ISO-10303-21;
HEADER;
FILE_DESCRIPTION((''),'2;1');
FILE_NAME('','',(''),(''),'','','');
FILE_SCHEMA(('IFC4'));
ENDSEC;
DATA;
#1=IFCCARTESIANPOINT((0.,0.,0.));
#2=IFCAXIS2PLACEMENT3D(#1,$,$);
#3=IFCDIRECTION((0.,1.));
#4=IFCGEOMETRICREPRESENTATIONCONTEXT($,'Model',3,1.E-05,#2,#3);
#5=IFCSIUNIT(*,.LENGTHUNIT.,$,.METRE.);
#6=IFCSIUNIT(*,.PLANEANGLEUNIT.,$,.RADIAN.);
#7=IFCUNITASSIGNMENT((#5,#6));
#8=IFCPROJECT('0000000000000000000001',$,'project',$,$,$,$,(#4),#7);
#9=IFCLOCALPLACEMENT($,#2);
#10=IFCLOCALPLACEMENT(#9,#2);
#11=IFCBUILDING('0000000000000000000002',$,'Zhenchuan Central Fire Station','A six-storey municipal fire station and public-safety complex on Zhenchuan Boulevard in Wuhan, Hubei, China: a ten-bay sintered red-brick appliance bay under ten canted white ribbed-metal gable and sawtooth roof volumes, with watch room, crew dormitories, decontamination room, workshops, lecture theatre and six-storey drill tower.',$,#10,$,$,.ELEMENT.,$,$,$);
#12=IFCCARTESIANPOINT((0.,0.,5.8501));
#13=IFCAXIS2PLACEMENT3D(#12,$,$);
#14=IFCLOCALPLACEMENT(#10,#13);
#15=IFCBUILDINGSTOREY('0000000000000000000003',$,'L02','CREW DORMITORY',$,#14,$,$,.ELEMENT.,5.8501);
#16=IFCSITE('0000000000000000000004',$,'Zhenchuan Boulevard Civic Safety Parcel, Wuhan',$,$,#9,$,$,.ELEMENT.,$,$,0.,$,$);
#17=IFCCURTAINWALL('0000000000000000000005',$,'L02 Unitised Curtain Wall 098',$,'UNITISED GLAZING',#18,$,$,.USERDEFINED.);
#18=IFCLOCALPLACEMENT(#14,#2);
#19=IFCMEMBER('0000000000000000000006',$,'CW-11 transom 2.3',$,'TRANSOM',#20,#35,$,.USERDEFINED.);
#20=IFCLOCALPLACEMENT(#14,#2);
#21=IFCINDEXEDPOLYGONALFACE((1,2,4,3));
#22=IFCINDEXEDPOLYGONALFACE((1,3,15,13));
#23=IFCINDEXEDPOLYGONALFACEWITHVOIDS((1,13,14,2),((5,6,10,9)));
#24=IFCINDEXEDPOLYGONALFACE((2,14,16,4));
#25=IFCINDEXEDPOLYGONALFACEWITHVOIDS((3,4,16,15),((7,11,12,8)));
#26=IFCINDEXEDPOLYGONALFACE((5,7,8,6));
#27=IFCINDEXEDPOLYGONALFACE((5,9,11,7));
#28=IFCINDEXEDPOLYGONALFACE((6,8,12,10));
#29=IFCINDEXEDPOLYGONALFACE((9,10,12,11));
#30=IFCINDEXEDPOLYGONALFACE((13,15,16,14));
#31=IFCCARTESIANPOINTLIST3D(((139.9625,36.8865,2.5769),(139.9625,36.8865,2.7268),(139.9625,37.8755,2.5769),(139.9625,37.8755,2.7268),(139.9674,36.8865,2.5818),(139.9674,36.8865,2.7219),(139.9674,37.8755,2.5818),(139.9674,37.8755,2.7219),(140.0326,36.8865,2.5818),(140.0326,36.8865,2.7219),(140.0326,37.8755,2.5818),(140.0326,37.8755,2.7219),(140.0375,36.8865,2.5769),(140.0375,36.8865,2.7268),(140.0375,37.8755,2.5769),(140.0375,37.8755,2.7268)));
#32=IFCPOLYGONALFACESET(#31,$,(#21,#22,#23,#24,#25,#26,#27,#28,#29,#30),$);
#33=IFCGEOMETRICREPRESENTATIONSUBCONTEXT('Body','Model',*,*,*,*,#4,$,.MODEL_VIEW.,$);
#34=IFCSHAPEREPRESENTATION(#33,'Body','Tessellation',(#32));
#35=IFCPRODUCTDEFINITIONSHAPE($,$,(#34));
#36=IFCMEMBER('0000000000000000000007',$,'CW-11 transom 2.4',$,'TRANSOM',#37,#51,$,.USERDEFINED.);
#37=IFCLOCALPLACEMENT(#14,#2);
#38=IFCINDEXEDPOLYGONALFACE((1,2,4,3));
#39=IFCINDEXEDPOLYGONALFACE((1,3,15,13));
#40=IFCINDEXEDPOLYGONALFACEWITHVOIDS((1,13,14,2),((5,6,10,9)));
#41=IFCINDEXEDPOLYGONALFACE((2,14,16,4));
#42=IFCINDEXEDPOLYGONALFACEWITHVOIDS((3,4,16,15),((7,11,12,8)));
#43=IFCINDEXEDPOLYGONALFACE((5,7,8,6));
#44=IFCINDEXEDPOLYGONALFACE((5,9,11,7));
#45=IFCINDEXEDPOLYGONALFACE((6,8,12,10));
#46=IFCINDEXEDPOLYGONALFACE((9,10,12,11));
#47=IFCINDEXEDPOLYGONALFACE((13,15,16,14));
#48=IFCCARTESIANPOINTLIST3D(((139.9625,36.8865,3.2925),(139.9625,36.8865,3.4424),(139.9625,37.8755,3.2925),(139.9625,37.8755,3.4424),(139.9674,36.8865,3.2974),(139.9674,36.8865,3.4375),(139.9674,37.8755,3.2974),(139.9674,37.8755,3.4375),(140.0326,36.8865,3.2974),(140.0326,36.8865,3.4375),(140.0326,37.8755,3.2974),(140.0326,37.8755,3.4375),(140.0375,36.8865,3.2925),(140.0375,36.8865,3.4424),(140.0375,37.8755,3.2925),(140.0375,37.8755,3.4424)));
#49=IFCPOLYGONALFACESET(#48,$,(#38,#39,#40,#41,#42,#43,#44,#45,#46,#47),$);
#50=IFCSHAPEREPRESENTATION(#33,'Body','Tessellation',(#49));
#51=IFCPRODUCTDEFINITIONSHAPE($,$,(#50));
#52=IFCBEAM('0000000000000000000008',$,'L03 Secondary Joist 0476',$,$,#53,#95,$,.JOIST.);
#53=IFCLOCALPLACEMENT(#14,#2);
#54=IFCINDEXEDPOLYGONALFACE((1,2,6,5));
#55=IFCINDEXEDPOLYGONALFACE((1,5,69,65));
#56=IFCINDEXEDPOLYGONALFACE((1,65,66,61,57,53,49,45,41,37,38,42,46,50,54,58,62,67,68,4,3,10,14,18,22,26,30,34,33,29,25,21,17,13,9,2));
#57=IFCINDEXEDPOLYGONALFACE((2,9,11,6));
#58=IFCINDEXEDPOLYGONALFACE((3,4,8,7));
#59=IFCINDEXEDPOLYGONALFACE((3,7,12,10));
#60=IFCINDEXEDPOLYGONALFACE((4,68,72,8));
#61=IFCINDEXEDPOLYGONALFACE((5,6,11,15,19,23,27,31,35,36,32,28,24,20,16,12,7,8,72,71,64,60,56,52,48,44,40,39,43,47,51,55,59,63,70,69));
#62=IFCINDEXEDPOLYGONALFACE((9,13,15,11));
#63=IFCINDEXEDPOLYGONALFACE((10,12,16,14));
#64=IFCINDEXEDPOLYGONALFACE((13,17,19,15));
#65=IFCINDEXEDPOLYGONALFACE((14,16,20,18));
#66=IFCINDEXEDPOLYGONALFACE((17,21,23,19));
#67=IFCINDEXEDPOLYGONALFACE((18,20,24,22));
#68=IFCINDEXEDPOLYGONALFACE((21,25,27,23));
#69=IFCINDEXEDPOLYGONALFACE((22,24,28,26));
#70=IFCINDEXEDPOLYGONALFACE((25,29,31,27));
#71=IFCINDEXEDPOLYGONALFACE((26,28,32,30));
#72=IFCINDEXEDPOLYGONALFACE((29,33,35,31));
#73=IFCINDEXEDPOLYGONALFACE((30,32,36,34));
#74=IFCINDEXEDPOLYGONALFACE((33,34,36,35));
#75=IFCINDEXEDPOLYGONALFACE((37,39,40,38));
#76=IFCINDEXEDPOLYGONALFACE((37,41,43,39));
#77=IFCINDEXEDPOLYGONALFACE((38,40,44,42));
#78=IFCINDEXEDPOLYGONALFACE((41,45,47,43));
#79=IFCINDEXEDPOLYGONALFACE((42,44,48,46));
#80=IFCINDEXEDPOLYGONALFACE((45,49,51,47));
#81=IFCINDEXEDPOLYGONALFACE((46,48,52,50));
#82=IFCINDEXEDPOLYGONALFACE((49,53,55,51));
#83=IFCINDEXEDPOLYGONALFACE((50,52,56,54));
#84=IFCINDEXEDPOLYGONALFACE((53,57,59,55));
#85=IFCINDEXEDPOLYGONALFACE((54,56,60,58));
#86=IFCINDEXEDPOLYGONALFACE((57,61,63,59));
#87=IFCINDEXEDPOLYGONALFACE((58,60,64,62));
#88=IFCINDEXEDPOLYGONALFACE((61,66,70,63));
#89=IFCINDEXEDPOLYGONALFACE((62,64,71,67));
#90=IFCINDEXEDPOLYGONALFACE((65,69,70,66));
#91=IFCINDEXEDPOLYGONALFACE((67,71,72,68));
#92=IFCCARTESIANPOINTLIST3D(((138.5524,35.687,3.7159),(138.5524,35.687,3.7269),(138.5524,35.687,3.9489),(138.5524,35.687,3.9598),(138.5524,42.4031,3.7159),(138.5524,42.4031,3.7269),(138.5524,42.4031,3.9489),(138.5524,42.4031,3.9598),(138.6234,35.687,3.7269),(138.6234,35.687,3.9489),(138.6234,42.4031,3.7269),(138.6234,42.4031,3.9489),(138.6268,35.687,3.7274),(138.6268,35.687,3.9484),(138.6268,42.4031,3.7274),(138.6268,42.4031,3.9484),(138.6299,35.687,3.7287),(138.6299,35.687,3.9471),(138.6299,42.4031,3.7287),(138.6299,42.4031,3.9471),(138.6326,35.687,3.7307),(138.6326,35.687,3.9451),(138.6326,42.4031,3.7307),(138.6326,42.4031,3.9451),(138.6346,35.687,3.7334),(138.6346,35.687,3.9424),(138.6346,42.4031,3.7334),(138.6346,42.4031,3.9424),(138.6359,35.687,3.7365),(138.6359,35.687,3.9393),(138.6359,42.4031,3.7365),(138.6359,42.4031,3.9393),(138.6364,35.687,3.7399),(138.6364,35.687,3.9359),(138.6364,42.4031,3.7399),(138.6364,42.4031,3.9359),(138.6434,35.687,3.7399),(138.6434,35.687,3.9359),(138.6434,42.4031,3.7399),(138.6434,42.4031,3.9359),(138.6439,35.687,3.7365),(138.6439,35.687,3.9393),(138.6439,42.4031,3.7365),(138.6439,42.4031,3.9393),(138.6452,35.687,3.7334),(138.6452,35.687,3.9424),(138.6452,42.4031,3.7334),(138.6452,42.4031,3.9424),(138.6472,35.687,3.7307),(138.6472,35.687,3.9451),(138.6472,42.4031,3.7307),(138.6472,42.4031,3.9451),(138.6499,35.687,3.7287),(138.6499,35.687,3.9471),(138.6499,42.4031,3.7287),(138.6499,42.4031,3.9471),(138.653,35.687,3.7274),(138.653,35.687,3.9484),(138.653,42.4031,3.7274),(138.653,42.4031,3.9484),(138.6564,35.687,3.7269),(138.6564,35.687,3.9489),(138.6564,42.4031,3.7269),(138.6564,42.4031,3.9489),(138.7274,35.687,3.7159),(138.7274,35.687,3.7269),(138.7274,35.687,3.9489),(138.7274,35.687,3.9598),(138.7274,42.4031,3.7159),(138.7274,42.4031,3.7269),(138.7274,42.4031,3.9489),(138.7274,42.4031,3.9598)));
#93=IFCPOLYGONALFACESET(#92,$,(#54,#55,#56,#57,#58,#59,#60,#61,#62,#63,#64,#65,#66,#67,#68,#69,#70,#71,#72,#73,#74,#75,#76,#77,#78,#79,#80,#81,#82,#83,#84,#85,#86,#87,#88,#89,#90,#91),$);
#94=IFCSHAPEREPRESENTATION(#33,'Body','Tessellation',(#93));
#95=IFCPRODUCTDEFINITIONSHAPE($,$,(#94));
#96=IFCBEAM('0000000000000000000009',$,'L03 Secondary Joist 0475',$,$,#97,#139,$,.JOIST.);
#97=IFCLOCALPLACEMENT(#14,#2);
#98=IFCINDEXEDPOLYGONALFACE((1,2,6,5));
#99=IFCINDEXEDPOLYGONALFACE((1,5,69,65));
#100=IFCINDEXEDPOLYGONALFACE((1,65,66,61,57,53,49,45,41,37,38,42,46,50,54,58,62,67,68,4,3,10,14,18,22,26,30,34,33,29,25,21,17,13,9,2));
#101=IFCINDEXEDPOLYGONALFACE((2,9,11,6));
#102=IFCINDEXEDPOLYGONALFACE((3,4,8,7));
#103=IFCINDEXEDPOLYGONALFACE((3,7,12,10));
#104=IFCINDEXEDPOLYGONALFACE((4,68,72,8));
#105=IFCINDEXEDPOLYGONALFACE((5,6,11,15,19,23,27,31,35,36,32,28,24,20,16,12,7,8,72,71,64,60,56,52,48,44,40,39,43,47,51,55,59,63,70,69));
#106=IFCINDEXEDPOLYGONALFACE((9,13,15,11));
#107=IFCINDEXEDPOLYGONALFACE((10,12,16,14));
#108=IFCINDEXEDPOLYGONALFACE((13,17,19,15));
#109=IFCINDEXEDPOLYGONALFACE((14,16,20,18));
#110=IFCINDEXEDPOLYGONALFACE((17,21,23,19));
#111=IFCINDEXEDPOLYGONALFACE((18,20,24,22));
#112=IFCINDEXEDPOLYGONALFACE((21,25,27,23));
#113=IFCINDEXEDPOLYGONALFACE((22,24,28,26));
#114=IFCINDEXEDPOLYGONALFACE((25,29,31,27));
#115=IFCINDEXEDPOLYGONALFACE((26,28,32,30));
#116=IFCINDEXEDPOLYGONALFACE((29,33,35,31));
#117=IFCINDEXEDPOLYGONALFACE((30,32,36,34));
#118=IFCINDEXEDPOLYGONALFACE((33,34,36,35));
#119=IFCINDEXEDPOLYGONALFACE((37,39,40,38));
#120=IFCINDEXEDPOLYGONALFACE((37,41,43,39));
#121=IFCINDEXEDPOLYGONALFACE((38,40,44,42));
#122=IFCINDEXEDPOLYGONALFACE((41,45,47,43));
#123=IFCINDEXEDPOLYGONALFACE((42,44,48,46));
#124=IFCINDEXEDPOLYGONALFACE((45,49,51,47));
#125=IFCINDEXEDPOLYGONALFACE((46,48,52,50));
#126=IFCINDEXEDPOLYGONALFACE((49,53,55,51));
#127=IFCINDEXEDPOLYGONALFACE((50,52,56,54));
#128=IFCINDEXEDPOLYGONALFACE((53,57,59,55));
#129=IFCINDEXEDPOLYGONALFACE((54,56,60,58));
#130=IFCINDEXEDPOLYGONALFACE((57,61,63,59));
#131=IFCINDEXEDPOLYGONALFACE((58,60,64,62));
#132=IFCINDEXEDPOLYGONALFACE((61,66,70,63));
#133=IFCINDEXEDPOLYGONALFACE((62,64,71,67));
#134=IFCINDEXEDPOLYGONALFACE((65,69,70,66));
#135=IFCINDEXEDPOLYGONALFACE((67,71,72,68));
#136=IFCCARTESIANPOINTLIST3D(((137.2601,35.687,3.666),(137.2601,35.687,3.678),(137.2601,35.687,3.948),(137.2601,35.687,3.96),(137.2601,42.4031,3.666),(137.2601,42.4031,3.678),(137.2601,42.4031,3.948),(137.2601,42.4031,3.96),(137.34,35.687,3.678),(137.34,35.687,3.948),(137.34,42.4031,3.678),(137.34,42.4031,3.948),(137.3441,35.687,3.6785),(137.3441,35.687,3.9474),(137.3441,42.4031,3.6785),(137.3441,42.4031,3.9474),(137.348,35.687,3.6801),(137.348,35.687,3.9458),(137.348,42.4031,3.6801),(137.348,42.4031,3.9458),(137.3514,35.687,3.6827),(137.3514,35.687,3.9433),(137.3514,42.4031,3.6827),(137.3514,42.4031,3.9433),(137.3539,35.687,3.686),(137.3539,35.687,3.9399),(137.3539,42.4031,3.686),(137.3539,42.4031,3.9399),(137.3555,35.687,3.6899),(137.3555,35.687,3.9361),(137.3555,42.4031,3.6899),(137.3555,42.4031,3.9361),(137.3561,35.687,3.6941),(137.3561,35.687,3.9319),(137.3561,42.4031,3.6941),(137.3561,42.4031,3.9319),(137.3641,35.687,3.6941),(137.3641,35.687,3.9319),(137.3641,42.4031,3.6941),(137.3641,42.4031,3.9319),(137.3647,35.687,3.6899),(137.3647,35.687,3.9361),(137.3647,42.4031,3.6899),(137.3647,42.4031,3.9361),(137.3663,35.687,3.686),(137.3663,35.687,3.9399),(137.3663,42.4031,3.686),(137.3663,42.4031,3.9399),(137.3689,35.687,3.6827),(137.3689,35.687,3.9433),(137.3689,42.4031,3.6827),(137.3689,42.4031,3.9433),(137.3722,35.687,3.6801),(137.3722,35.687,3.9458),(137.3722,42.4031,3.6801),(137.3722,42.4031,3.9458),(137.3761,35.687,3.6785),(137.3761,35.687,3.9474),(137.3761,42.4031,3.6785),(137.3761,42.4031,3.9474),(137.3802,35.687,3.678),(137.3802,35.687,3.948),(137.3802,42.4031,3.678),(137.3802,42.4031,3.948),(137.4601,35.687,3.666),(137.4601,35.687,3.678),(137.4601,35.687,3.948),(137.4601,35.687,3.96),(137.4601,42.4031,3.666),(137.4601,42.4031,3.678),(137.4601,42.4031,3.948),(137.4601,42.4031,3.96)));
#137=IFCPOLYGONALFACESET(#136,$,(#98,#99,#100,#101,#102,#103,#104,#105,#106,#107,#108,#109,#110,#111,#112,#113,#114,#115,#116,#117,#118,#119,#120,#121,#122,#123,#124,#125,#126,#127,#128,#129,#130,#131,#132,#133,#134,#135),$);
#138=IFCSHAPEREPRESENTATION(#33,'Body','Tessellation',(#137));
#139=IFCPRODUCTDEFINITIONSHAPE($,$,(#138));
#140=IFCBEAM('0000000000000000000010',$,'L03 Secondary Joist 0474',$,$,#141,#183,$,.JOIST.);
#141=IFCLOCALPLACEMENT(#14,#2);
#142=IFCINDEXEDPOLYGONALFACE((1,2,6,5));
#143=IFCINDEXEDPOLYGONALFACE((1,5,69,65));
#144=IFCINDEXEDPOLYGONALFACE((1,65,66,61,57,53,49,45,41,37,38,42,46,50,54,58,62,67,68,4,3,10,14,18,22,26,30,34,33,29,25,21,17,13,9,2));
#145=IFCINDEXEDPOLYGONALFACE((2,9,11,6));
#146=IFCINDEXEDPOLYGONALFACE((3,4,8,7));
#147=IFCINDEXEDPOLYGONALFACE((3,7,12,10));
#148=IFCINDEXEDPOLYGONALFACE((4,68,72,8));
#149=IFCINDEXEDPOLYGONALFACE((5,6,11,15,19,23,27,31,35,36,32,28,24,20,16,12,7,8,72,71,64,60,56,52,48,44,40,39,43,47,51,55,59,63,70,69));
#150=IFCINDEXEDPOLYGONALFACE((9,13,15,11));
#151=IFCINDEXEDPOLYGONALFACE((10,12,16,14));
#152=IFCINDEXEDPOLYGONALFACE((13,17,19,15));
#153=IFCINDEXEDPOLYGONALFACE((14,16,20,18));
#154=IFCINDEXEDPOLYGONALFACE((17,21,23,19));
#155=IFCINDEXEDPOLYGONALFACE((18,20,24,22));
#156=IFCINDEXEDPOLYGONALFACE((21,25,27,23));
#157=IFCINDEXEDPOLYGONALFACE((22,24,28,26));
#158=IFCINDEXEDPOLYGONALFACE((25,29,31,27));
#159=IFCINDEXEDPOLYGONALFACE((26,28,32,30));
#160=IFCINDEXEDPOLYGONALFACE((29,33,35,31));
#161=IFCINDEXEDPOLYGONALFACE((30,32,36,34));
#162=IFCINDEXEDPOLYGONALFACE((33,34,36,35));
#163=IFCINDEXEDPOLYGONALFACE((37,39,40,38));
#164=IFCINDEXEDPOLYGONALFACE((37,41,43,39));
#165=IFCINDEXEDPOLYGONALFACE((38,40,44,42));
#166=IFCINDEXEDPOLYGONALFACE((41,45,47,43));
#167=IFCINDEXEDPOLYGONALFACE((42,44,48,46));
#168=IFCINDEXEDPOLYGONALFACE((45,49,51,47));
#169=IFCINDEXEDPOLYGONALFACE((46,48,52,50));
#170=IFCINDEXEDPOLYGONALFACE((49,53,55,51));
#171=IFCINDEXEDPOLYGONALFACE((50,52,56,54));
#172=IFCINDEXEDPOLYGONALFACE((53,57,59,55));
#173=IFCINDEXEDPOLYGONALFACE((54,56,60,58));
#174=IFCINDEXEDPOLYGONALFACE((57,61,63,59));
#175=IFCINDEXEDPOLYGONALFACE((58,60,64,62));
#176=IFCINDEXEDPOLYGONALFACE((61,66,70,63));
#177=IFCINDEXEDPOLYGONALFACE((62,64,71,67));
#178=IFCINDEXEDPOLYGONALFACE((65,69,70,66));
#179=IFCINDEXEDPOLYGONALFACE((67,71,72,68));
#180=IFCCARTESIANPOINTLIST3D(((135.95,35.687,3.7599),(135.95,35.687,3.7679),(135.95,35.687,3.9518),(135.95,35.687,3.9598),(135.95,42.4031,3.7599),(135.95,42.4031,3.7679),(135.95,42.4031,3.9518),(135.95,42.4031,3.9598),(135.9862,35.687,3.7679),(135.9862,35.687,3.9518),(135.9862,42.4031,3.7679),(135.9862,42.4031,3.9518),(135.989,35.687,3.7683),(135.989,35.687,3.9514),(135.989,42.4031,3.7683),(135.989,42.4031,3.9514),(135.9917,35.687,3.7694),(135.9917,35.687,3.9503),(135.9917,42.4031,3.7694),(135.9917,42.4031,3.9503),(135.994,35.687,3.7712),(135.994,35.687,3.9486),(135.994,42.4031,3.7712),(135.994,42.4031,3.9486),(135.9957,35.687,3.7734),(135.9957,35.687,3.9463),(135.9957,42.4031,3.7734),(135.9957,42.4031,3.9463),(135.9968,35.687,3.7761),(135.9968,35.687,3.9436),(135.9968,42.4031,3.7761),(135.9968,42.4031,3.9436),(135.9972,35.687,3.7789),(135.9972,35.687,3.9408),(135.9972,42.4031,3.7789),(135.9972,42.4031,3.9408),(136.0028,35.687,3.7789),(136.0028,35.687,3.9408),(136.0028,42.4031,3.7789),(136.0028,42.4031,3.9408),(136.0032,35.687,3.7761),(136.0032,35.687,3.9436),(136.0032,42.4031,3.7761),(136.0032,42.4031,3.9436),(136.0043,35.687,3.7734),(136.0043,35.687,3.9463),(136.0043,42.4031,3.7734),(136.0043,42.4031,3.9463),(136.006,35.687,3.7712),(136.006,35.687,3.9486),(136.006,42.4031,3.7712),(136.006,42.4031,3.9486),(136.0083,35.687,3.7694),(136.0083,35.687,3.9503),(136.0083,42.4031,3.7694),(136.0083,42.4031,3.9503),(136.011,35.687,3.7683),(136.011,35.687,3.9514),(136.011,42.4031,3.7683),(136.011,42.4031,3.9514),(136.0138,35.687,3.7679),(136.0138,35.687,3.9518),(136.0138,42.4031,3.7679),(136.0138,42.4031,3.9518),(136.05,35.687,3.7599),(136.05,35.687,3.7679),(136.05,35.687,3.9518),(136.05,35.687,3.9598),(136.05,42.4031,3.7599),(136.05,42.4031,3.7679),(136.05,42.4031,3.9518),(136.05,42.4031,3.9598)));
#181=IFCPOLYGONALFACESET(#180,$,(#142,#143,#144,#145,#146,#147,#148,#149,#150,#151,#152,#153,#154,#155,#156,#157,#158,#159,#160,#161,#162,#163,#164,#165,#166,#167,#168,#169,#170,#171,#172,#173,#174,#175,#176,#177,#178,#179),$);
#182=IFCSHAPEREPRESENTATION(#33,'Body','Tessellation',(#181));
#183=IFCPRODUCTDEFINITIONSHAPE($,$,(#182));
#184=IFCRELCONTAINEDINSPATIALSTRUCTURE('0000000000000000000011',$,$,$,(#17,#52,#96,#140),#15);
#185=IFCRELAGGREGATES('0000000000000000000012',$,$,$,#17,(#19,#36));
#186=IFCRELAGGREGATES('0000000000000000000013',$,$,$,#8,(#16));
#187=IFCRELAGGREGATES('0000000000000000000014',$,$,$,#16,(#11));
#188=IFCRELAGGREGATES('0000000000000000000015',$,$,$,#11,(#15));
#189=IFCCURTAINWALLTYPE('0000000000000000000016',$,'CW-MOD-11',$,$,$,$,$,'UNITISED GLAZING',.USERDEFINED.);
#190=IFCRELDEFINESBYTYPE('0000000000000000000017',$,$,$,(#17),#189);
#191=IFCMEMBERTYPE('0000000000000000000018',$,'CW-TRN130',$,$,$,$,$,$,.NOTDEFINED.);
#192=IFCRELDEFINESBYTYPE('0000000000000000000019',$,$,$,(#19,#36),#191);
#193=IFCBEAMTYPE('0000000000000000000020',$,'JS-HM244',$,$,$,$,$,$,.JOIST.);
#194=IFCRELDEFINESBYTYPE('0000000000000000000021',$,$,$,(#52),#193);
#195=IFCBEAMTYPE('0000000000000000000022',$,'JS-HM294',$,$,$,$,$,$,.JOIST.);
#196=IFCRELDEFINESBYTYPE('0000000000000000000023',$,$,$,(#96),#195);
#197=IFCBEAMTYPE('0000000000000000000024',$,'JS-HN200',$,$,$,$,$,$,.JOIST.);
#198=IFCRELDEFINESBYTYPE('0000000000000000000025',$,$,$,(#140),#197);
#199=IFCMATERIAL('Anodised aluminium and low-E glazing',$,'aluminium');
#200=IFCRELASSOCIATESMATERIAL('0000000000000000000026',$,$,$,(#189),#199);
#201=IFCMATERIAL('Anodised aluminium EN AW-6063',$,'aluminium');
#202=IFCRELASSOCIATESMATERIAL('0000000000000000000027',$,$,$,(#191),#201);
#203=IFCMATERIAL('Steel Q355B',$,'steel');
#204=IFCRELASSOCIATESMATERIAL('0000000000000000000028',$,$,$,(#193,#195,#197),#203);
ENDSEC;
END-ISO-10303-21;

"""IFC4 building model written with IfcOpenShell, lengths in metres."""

from ifc_helpers import new_model, si_unit, direction, frame, origin, origin_2d, place, context, subcontext, project, spatial, hollow_rectangle, i_section, extrude, material, material_profile, profile_set, type_object, element, aggregate, save


model = new_model("IFC4")

# Units and contexts
model_context = context("Model", 3, precision=1e-05, world=origin(), true_north=direction((0.0, 1.0)))
body_context = subcontext(model_context, "Body", "Model", "MODEL_VIEW")
ifc_project = project(units=[si_unit("LENGTHUNIT", "METRE"), si_unit("PLANEANGLEUNIT", "RADIAN")], contexts=[model_context])

# Site, building, storey
site_placement = place(None, origin())
site = spatial("IfcSite", under=ifc_project, at=site_placement, Name="Zhenchuan Boulevard Civic Safety Parcel, Wuhan", CompositionType="ELEMENT", RefElevation=0.0)
building_placement = place(site_placement, origin())
building = spatial("IfcBuilding", under=site, at=building_placement, Name="Zhenchuan Central Fire Station", Description="A six-storey municipal fire station and public-safety complex on Zhenchuan Boulevard in Wuhan, Hubei, China: a ten-bay sintered red-brick appliance bay under ten canted white ribbed-metal gable and sawtooth roof volumes, with watch room, crew dormitories, decontamination room, workshops, lecture theatre and six-storey drill tower.", CompositionType="ELEMENT")
storey_placement = place(building_placement, frame((0.0, 0.0, 5.8501)))
storey = spatial("IfcBuildingStorey", under=building, at=storey_placement, Name="L02", Description="CREW DORMITORY", CompositionType="ELEMENT", Elevation=5.8501)

# Shared definitions
ifc_material_1 = material(Name="Steel Q355B", Category="steel")

# Curtain wall, members
ifc_material_2 = material(Name="Anodised aluminium and low-E glazing", Category="aluminium")
curtain_wall_type = type_object("IfcCurtainWallType", Name="CW-MOD-11", ElementType="UNITISED GLAZING", PredefinedType="USERDEFINED", material=ifc_material_2)
curtain_wall_placement = place(storey_placement, origin())
curtain_wall = element("IfcCurtainWall", 1, at=curtain_wall_placement, inside=storey, type_object=curtain_wall_type, Name="L02 Unitised Curtain Wall 098", ObjectType="UNITISED GLAZING", PredefinedType="USERDEFINED")
ifc_material_3 = material(Name="Anodised aluminium EN AW-6063", Category="aluminium")
ifc_material_profile_1 = material_profile(ifc_material_3, hollow_rectangle(XDim=0.075, YDim=0.1499, WallThickness=0.0049, at=origin_2d()), Name="ALU-T 150x75")
ifc_profile_set_1 = profile_set([ifc_material_profile_1], Name="Anodised aluminium EN AW-6063")
member_type_1 = type_object("IfcMemberType", Name="CW-TRN130", PredefinedType="NOTDEFINED", material=ifc_profile_set_1)
member_1_placement = place(storey_placement, frame((140.0, 36.8865, 2.6519), z_axis=(0.0, 1.0, 0.0), x_axis=(-1.0, 0.0, 0.0)))
member_1 = element("IfcMember", 2, at=member_1_placement, type_object=member_type_1, Name="CW-11 transom 2.3", ObjectType="TRANSOM", PredefinedType="USERDEFINED", context=body_context, shape_type="SweptSolid", body=[
    extrude(hollow_rectangle(XDim=0.075, YDim=0.1499, WallThickness=0.0049, at=origin_2d()), origin(), (0.0, 0.0, 1.0), 0.989),
])
member_2_placement = place(storey_placement, frame((140.0, 36.8865, 3.3674), z_axis=(0.0, 1.0, 0.0), x_axis=(-1.0, 0.0, 0.0)))
member_2 = element("IfcMember", 3, at=member_2_placement, type_object=member_type_1, Name="CW-11 transom 2.4", ObjectType="TRANSOM", PredefinedType="USERDEFINED", context=body_context, shape_type="SweptSolid", body=[
    extrude(hollow_rectangle(XDim=0.075, YDim=0.1499, WallThickness=0.0049, at=origin_2d()), origin(), (0.0, 0.0, 1.0), 0.989),
])

# Beams
ifc_material_profile_2 = material_profile(ifc_material_1, i_section(OverallWidth=0.175, OverallDepth=0.2439, WebThickness=0.0071, FlangeThickness=0.011, FilletRadius=0.0129, at=origin_2d()), Name="HM 244x175")
ifc_profile_set_2 = profile_set([ifc_material_profile_2], Name="Steel Q355B")
beam_type_1 = type_object("IfcBeamType", Name="JS-HM244", PredefinedType="JOIST", material=ifc_profile_set_2)
beam_1_placement = place(storey_placement, frame((138.6399, 35.687, 3.8379), z_axis=(0.0, 1.0, 0.0), x_axis=(-1.0, 0.0, 0.0)))
element("IfcBeam", 4, at=beam_1_placement, inside=storey, type_object=beam_type_1, Name="L03 Secondary Joist 0476", PredefinedType="JOIST", context=body_context, shape_type="SweptSolid", body=[
    extrude(i_section(OverallWidth=0.175, OverallDepth=0.2439, WebThickness=0.0071, FlangeThickness=0.011, FilletRadius=0.0129, at=origin_2d()), origin(), (0.0, 0.0, 1.0), 6.7161),
])
ifc_material_profile_3 = material_profile(ifc_material_1, i_section(OverallWidth=0.2, OverallDepth=0.2939, WebThickness=0.0081, FlangeThickness=0.012, FilletRadius=0.0161, at=origin_2d()), Name="HM 294x200")
ifc_profile_set_3 = profile_set([ifc_material_profile_3], Name="Steel Q355B")
beam_type_2 = type_object("IfcBeamType", Name="JS-HM294", PredefinedType="JOIST", material=ifc_profile_set_3)
beam_2_placement = place(storey_placement, frame((137.3601, 35.687, 3.813), z_axis=(0.0, 1.0, 0.0), x_axis=(-1.0, 0.0, 0.0)))
element("IfcBeam", 5, at=beam_2_placement, inside=storey, type_object=beam_type_2, Name="L03 Secondary Joist 0475", PredefinedType="JOIST", context=body_context, shape_type="SweptSolid", body=[
    extrude(i_section(OverallWidth=0.2, OverallDepth=0.2939, WebThickness=0.0081, FlangeThickness=0.012, FilletRadius=0.0161, at=origin_2d()), origin(), (0.0, 0.0, 1.0), 6.7161),
])
ifc_material_profile_4 = material_profile(ifc_material_1, i_section(OverallWidth=0.1001, OverallDepth=0.2, WebThickness=0.0056, FlangeThickness=0.0081, FilletRadius=0.011, at=origin_2d()), Name="HN 200x100")
ifc_profile_set_4 = profile_set([ifc_material_profile_4], Name="Steel Q355B")
beam_type_3 = type_object("IfcBeamType", Name="JS-HN200", PredefinedType="JOIST", material=ifc_profile_set_4)
beam_3_placement = place(storey_placement, frame((136.0, 35.687, 3.8599), z_axis=(0.0, 1.0, 0.0), x_axis=(-1.0, 0.0, 0.0)))
element("IfcBeam", 6, at=beam_3_placement, inside=storey, type_object=beam_type_3, Name="L03 Secondary Joist 0474", PredefinedType="JOIST", context=body_context, shape_type="SweptSolid", body=[
    extrude(i_section(OverallWidth=0.1001, OverallDepth=0.2, WebThickness=0.0056, FlangeThickness=0.0081, FilletRadius=0.011, at=origin_2d()), origin(), (0.0, 0.0, 1.0), 6.7161),
])

aggregate(curtain_wall, [member_1, member_2])

save(model, "model.ifc")
